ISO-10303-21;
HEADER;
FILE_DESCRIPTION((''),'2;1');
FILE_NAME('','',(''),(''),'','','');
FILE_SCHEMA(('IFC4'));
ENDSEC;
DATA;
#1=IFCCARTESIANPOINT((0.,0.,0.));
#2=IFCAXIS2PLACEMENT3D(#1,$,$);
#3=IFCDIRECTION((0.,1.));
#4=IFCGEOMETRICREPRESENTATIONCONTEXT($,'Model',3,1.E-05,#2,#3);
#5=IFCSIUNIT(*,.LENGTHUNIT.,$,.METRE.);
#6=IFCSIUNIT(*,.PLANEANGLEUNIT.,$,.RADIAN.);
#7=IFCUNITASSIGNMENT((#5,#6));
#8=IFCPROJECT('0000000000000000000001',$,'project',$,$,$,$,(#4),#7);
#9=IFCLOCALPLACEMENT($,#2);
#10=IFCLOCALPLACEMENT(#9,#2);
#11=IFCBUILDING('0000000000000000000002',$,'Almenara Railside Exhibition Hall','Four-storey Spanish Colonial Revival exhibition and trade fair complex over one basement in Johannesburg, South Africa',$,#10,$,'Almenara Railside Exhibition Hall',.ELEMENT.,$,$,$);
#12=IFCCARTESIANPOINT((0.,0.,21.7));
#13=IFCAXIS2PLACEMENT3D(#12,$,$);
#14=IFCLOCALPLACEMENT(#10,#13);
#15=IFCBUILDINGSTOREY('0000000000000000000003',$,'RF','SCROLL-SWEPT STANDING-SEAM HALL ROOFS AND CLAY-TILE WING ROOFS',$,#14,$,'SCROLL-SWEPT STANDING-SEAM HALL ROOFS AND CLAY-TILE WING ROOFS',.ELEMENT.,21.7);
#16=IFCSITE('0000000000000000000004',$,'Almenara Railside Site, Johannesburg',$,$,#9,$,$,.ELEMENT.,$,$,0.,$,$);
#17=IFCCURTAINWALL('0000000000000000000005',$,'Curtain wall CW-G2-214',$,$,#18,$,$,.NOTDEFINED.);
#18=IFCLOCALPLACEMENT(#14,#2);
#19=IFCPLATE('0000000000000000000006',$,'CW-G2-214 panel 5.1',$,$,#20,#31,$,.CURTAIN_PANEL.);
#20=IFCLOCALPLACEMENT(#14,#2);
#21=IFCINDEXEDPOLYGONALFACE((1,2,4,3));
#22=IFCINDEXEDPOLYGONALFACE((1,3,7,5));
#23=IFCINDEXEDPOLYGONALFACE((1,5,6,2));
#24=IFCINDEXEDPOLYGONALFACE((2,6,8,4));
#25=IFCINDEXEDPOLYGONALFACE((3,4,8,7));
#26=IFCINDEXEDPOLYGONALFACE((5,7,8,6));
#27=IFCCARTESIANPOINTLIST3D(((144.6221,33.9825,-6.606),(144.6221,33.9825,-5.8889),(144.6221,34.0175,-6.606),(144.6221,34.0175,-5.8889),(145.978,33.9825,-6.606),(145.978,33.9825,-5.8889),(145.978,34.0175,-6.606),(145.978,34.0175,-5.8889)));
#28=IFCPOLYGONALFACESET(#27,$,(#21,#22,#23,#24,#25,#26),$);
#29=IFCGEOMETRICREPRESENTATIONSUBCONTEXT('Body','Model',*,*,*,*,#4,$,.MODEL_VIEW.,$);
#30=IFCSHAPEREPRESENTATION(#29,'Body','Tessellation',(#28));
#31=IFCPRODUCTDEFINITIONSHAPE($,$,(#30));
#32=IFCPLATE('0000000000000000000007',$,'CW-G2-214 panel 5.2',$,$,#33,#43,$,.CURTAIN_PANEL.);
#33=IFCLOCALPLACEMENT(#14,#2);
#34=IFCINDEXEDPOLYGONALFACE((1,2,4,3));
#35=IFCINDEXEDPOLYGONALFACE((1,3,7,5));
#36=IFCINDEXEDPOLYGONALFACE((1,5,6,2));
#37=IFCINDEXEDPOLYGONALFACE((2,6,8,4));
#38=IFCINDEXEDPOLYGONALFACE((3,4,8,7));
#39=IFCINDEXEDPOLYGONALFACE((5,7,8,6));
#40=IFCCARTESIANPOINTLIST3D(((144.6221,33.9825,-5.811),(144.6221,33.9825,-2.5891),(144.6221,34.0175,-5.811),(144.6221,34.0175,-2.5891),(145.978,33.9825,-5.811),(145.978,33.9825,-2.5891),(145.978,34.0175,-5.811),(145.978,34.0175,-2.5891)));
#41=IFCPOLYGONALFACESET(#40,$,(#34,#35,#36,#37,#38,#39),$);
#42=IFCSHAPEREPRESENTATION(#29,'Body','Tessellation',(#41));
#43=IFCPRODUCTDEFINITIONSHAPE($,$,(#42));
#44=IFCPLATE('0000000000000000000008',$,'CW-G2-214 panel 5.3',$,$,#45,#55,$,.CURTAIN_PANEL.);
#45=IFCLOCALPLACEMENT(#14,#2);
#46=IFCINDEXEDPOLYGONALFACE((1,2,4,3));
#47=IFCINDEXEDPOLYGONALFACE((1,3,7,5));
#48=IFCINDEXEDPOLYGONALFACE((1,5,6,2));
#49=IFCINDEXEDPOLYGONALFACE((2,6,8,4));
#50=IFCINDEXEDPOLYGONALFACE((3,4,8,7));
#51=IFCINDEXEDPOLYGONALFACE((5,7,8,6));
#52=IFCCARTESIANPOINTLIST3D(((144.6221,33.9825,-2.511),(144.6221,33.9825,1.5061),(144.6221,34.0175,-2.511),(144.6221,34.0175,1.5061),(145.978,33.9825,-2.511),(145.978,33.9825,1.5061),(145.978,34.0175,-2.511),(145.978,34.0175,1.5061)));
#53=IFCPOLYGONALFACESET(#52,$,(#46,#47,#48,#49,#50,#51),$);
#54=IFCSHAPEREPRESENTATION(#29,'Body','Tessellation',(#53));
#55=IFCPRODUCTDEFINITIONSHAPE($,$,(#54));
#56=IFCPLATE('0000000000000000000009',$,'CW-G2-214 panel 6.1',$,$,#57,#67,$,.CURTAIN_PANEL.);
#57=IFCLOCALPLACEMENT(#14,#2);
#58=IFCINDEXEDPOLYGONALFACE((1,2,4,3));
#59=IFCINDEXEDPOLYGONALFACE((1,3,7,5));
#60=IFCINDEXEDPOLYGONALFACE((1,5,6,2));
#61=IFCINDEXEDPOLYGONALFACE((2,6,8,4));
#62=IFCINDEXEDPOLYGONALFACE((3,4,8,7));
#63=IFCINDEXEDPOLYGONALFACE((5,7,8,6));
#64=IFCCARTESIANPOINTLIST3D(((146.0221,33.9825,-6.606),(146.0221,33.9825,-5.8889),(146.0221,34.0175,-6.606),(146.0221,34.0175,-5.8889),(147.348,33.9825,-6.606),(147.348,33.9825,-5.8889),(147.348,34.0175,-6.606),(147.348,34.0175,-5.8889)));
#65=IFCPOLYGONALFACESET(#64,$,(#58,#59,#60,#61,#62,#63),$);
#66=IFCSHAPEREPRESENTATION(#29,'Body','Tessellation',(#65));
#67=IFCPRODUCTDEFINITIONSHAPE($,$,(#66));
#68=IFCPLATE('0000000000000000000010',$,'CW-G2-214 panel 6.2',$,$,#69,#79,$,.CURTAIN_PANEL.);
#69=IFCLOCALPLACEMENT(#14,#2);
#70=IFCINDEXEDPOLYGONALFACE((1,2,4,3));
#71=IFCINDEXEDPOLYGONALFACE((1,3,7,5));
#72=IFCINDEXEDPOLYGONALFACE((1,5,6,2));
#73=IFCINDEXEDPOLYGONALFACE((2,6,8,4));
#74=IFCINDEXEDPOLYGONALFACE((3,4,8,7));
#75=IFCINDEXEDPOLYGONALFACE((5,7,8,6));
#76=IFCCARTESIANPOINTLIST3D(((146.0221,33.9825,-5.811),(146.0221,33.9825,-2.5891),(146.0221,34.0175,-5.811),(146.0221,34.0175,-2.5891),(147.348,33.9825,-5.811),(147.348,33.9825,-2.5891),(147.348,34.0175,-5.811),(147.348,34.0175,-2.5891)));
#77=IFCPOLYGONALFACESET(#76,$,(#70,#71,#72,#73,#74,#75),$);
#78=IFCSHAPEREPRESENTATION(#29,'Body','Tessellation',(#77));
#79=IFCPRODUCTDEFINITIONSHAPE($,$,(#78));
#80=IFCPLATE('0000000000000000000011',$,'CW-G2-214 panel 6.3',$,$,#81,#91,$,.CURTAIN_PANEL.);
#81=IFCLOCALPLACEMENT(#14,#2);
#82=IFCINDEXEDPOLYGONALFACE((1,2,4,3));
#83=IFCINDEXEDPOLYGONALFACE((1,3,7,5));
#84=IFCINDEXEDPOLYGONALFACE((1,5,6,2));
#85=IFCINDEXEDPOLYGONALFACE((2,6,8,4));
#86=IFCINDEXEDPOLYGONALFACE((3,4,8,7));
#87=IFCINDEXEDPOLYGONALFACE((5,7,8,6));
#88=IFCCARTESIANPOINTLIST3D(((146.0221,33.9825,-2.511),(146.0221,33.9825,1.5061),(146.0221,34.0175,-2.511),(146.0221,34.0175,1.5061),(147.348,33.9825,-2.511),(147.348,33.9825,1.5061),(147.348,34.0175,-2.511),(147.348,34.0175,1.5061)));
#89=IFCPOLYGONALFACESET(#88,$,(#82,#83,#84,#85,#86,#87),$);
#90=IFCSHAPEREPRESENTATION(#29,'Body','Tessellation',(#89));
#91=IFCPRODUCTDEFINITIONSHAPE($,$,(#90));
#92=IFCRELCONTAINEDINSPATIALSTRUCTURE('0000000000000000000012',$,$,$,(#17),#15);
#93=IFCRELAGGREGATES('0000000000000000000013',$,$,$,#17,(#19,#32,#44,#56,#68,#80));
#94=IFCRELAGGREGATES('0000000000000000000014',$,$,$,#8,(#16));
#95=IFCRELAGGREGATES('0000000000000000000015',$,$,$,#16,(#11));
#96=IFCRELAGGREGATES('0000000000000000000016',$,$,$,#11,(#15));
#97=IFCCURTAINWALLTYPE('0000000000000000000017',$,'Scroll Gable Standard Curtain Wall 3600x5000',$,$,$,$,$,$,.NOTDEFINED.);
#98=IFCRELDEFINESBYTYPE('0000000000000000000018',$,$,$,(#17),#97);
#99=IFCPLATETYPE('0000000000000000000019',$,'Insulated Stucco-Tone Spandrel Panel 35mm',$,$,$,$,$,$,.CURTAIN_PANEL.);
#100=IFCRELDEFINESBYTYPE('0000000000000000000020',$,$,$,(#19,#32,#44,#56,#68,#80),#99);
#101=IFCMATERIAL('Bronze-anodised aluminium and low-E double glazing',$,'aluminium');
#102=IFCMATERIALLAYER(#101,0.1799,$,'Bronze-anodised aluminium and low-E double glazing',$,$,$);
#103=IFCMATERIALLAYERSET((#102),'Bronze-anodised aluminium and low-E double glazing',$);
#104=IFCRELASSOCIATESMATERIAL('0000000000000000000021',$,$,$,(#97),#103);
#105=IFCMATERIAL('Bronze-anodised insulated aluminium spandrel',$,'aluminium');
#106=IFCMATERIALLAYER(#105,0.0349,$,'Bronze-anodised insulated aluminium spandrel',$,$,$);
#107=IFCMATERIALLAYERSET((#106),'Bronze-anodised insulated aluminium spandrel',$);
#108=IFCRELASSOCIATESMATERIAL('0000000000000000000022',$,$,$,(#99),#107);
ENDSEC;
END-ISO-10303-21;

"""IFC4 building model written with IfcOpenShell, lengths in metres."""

from ifc_helpers import new_model, si_unit, direction, frame, origin, origin_2d, place, context, subcontext, project, spatial, rectangle, extrude, material, layer, layer_set, type_object, element, aggregate, save


model = new_model("IFC4")

# Units and contexts
model_context = context("Model", 3, precision=1e-05, world=origin(), true_north=direction((0.0, 1.0)))
body_context = subcontext(model_context, "Body", "Model", "MODEL_VIEW")
ifc_project = project(units=[si_unit("LENGTHUNIT", "METRE"), si_unit("PLANEANGLEUNIT", "RADIAN")], contexts=[model_context])

# Site, building, storey
site_placement = place(None, origin())
site = spatial("IfcSite", under=ifc_project, at=site_placement, Name="Almenara Railside Site, Johannesburg", CompositionType="ELEMENT", RefElevation=0.0)
building_placement = place(site_placement, origin())
building = spatial("IfcBuilding", under=site, at=building_placement, Name="Almenara Railside Exhibition Hall", Description="Four-storey Spanish Colonial Revival exhibition and trade fair complex over one basement in Johannesburg, South Africa", LongName="Almenara Railside Exhibition Hall", CompositionType="ELEMENT")
storey_placement = place(building_placement, frame((0.0, 0.0, 21.7)))
storey = spatial("IfcBuildingStorey", under=building, at=storey_placement, Name="RF", Description="SCROLL-SWEPT STANDING-SEAM HALL ROOFS AND CLAY-TILE WING ROOFS", LongName="SCROLL-SWEPT STANDING-SEAM HALL ROOFS AND CLAY-TILE WING ROOFS", CompositionType="ELEMENT", Elevation=21.7)

# Curtain wall
ifc_material_1 = material(Name="Bronze-anodised aluminium and low-E double glazing", Category="aluminium")
ifc_layer_1 = layer(ifc_material_1, 0.1799, Name="Bronze-anodised aluminium and low-E double glazing")
ifc_layer_set_1 = layer_set([ifc_layer_1], Name="Bronze-anodised aluminium and low-E double glazing")
curtain_wall_type = type_object("IfcCurtainWallType", Name="Scroll Gable Standard Curtain Wall 3600x5000", PredefinedType="NOTDEFINED", material=ifc_layer_set_1)
curtain_wall_placement = place(storey_placement, origin())
curtain_wall = element("IfcCurtainWall", 1, at=curtain_wall_placement, inside=storey, type_object=curtain_wall_type, Name="Curtain wall CW-G2-214", PredefinedType="NOTDEFINED")

# Plates
ifc_material_2 = material(Name="Bronze-anodised insulated aluminium spandrel", Category="aluminium")
ifc_layer_2 = layer(ifc_material_2, 0.0349, Name="Bronze-anodised insulated aluminium spandrel")
ifc_layer_set_2 = layer_set([ifc_layer_2], Name="Bronze-anodised insulated aluminium spandrel")
plate_type = type_object("IfcPlateType", Name="Insulated Stucco-Tone Spandrel Panel 35mm", PredefinedType="CURTAIN_PANEL", material=ifc_layer_set_2)
plate_1_placement = place(storey_placement, frame((145.3, 34.0, -6.606), z_axis=(0.0, 0.0, 1.0), x_axis=(1.0, 0.0, 0.0)))
plate_1 = element("IfcPlate", 2, at=plate_1_placement, type_object=plate_type, Name="CW-G2-214 panel 5.1", PredefinedType="CURTAIN_PANEL", context=body_context, shape_type="SweptSolid", body=[
    extrude(rectangle(XDim=1.356, YDim=0.0349, at=origin_2d()), origin(), (0.0, 0.0, 1.0), 0.717),
])
plate_2_placement = place(storey_placement, frame((145.3, 34.0, -5.811), z_axis=(0.0, 0.0, 1.0), x_axis=(1.0, 0.0, 0.0)))
plate_2 = element("IfcPlate", 3, at=plate_2_placement, type_object=plate_type, Name="CW-G2-214 panel 5.2", PredefinedType="CURTAIN_PANEL", context=body_context, shape_type="SweptSolid", body=[
    extrude(rectangle(XDim=1.356, YDim=0.0349, at=origin_2d()), origin(), (0.0, 0.0, 1.0), 3.2219),
])
plate_3_placement = place(storey_placement, frame((145.3, 34.0, -2.511), z_axis=(0.0, 0.0, 1.0), x_axis=(1.0, 0.0, 0.0)))
plate_3 = element("IfcPlate", 4, at=plate_3_placement, type_object=plate_type, Name="CW-G2-214 panel 5.3", PredefinedType="CURTAIN_PANEL", context=body_context, shape_type="SweptSolid", body=[
    extrude(rectangle(XDim=1.356, YDim=0.0349, at=origin_2d()), origin(), (0.0, 0.0, 1.0), 4.0171),
])
plate_4_placement = place(storey_placement, frame((146.6851, 34.0, -6.606), z_axis=(0.0, 0.0, 1.0), x_axis=(1.0, 0.0, 0.0)))
plate_4 = element("IfcPlate", 5, at=plate_4_placement, type_object=plate_type, Name="CW-G2-214 panel 6.1", PredefinedType="CURTAIN_PANEL", context=body_context, shape_type="SweptSolid", body=[
    extrude(rectangle(XDim=1.3259, YDim=0.0349, at=origin_2d()), origin(), (0.0, 0.0, 1.0), 0.717),
])
plate_5_placement = place(storey_placement, frame((146.6851, 34.0, -5.811), z_axis=(0.0, 0.0, 1.0), x_axis=(1.0, 0.0, 0.0)))
plate_5 = element("IfcPlate", 6, at=plate_5_placement, type_object=plate_type, Name="CW-G2-214 panel 6.2", PredefinedType="CURTAIN_PANEL", context=body_context, shape_type="SweptSolid", body=[
    extrude(rectangle(XDim=1.3259, YDim=0.0349, at=origin_2d()), origin(), (0.0, 0.0, 1.0), 3.2219),
])
plate_6_placement = place(storey_placement, frame((146.6851, 34.0, -2.511), z_axis=(0.0, 0.0, 1.0), x_axis=(1.0, 0.0, 0.0)))
plate_6 = element("IfcPlate", 7, at=plate_6_placement, type_object=plate_type, Name="CW-G2-214 panel 6.3", PredefinedType="CURTAIN_PANEL", context=body_context, shape_type="SweptSolid", body=[
    extrude(rectangle(XDim=1.3259, YDim=0.0349, at=origin_2d()), origin(), (0.0, 0.0, 1.0), 4.0171),
])
aggregate(curtain_wall, [plate_1, plate_2, plate_3, plate_4, plate_5, plate_6])

save(model, "model.ifc")
